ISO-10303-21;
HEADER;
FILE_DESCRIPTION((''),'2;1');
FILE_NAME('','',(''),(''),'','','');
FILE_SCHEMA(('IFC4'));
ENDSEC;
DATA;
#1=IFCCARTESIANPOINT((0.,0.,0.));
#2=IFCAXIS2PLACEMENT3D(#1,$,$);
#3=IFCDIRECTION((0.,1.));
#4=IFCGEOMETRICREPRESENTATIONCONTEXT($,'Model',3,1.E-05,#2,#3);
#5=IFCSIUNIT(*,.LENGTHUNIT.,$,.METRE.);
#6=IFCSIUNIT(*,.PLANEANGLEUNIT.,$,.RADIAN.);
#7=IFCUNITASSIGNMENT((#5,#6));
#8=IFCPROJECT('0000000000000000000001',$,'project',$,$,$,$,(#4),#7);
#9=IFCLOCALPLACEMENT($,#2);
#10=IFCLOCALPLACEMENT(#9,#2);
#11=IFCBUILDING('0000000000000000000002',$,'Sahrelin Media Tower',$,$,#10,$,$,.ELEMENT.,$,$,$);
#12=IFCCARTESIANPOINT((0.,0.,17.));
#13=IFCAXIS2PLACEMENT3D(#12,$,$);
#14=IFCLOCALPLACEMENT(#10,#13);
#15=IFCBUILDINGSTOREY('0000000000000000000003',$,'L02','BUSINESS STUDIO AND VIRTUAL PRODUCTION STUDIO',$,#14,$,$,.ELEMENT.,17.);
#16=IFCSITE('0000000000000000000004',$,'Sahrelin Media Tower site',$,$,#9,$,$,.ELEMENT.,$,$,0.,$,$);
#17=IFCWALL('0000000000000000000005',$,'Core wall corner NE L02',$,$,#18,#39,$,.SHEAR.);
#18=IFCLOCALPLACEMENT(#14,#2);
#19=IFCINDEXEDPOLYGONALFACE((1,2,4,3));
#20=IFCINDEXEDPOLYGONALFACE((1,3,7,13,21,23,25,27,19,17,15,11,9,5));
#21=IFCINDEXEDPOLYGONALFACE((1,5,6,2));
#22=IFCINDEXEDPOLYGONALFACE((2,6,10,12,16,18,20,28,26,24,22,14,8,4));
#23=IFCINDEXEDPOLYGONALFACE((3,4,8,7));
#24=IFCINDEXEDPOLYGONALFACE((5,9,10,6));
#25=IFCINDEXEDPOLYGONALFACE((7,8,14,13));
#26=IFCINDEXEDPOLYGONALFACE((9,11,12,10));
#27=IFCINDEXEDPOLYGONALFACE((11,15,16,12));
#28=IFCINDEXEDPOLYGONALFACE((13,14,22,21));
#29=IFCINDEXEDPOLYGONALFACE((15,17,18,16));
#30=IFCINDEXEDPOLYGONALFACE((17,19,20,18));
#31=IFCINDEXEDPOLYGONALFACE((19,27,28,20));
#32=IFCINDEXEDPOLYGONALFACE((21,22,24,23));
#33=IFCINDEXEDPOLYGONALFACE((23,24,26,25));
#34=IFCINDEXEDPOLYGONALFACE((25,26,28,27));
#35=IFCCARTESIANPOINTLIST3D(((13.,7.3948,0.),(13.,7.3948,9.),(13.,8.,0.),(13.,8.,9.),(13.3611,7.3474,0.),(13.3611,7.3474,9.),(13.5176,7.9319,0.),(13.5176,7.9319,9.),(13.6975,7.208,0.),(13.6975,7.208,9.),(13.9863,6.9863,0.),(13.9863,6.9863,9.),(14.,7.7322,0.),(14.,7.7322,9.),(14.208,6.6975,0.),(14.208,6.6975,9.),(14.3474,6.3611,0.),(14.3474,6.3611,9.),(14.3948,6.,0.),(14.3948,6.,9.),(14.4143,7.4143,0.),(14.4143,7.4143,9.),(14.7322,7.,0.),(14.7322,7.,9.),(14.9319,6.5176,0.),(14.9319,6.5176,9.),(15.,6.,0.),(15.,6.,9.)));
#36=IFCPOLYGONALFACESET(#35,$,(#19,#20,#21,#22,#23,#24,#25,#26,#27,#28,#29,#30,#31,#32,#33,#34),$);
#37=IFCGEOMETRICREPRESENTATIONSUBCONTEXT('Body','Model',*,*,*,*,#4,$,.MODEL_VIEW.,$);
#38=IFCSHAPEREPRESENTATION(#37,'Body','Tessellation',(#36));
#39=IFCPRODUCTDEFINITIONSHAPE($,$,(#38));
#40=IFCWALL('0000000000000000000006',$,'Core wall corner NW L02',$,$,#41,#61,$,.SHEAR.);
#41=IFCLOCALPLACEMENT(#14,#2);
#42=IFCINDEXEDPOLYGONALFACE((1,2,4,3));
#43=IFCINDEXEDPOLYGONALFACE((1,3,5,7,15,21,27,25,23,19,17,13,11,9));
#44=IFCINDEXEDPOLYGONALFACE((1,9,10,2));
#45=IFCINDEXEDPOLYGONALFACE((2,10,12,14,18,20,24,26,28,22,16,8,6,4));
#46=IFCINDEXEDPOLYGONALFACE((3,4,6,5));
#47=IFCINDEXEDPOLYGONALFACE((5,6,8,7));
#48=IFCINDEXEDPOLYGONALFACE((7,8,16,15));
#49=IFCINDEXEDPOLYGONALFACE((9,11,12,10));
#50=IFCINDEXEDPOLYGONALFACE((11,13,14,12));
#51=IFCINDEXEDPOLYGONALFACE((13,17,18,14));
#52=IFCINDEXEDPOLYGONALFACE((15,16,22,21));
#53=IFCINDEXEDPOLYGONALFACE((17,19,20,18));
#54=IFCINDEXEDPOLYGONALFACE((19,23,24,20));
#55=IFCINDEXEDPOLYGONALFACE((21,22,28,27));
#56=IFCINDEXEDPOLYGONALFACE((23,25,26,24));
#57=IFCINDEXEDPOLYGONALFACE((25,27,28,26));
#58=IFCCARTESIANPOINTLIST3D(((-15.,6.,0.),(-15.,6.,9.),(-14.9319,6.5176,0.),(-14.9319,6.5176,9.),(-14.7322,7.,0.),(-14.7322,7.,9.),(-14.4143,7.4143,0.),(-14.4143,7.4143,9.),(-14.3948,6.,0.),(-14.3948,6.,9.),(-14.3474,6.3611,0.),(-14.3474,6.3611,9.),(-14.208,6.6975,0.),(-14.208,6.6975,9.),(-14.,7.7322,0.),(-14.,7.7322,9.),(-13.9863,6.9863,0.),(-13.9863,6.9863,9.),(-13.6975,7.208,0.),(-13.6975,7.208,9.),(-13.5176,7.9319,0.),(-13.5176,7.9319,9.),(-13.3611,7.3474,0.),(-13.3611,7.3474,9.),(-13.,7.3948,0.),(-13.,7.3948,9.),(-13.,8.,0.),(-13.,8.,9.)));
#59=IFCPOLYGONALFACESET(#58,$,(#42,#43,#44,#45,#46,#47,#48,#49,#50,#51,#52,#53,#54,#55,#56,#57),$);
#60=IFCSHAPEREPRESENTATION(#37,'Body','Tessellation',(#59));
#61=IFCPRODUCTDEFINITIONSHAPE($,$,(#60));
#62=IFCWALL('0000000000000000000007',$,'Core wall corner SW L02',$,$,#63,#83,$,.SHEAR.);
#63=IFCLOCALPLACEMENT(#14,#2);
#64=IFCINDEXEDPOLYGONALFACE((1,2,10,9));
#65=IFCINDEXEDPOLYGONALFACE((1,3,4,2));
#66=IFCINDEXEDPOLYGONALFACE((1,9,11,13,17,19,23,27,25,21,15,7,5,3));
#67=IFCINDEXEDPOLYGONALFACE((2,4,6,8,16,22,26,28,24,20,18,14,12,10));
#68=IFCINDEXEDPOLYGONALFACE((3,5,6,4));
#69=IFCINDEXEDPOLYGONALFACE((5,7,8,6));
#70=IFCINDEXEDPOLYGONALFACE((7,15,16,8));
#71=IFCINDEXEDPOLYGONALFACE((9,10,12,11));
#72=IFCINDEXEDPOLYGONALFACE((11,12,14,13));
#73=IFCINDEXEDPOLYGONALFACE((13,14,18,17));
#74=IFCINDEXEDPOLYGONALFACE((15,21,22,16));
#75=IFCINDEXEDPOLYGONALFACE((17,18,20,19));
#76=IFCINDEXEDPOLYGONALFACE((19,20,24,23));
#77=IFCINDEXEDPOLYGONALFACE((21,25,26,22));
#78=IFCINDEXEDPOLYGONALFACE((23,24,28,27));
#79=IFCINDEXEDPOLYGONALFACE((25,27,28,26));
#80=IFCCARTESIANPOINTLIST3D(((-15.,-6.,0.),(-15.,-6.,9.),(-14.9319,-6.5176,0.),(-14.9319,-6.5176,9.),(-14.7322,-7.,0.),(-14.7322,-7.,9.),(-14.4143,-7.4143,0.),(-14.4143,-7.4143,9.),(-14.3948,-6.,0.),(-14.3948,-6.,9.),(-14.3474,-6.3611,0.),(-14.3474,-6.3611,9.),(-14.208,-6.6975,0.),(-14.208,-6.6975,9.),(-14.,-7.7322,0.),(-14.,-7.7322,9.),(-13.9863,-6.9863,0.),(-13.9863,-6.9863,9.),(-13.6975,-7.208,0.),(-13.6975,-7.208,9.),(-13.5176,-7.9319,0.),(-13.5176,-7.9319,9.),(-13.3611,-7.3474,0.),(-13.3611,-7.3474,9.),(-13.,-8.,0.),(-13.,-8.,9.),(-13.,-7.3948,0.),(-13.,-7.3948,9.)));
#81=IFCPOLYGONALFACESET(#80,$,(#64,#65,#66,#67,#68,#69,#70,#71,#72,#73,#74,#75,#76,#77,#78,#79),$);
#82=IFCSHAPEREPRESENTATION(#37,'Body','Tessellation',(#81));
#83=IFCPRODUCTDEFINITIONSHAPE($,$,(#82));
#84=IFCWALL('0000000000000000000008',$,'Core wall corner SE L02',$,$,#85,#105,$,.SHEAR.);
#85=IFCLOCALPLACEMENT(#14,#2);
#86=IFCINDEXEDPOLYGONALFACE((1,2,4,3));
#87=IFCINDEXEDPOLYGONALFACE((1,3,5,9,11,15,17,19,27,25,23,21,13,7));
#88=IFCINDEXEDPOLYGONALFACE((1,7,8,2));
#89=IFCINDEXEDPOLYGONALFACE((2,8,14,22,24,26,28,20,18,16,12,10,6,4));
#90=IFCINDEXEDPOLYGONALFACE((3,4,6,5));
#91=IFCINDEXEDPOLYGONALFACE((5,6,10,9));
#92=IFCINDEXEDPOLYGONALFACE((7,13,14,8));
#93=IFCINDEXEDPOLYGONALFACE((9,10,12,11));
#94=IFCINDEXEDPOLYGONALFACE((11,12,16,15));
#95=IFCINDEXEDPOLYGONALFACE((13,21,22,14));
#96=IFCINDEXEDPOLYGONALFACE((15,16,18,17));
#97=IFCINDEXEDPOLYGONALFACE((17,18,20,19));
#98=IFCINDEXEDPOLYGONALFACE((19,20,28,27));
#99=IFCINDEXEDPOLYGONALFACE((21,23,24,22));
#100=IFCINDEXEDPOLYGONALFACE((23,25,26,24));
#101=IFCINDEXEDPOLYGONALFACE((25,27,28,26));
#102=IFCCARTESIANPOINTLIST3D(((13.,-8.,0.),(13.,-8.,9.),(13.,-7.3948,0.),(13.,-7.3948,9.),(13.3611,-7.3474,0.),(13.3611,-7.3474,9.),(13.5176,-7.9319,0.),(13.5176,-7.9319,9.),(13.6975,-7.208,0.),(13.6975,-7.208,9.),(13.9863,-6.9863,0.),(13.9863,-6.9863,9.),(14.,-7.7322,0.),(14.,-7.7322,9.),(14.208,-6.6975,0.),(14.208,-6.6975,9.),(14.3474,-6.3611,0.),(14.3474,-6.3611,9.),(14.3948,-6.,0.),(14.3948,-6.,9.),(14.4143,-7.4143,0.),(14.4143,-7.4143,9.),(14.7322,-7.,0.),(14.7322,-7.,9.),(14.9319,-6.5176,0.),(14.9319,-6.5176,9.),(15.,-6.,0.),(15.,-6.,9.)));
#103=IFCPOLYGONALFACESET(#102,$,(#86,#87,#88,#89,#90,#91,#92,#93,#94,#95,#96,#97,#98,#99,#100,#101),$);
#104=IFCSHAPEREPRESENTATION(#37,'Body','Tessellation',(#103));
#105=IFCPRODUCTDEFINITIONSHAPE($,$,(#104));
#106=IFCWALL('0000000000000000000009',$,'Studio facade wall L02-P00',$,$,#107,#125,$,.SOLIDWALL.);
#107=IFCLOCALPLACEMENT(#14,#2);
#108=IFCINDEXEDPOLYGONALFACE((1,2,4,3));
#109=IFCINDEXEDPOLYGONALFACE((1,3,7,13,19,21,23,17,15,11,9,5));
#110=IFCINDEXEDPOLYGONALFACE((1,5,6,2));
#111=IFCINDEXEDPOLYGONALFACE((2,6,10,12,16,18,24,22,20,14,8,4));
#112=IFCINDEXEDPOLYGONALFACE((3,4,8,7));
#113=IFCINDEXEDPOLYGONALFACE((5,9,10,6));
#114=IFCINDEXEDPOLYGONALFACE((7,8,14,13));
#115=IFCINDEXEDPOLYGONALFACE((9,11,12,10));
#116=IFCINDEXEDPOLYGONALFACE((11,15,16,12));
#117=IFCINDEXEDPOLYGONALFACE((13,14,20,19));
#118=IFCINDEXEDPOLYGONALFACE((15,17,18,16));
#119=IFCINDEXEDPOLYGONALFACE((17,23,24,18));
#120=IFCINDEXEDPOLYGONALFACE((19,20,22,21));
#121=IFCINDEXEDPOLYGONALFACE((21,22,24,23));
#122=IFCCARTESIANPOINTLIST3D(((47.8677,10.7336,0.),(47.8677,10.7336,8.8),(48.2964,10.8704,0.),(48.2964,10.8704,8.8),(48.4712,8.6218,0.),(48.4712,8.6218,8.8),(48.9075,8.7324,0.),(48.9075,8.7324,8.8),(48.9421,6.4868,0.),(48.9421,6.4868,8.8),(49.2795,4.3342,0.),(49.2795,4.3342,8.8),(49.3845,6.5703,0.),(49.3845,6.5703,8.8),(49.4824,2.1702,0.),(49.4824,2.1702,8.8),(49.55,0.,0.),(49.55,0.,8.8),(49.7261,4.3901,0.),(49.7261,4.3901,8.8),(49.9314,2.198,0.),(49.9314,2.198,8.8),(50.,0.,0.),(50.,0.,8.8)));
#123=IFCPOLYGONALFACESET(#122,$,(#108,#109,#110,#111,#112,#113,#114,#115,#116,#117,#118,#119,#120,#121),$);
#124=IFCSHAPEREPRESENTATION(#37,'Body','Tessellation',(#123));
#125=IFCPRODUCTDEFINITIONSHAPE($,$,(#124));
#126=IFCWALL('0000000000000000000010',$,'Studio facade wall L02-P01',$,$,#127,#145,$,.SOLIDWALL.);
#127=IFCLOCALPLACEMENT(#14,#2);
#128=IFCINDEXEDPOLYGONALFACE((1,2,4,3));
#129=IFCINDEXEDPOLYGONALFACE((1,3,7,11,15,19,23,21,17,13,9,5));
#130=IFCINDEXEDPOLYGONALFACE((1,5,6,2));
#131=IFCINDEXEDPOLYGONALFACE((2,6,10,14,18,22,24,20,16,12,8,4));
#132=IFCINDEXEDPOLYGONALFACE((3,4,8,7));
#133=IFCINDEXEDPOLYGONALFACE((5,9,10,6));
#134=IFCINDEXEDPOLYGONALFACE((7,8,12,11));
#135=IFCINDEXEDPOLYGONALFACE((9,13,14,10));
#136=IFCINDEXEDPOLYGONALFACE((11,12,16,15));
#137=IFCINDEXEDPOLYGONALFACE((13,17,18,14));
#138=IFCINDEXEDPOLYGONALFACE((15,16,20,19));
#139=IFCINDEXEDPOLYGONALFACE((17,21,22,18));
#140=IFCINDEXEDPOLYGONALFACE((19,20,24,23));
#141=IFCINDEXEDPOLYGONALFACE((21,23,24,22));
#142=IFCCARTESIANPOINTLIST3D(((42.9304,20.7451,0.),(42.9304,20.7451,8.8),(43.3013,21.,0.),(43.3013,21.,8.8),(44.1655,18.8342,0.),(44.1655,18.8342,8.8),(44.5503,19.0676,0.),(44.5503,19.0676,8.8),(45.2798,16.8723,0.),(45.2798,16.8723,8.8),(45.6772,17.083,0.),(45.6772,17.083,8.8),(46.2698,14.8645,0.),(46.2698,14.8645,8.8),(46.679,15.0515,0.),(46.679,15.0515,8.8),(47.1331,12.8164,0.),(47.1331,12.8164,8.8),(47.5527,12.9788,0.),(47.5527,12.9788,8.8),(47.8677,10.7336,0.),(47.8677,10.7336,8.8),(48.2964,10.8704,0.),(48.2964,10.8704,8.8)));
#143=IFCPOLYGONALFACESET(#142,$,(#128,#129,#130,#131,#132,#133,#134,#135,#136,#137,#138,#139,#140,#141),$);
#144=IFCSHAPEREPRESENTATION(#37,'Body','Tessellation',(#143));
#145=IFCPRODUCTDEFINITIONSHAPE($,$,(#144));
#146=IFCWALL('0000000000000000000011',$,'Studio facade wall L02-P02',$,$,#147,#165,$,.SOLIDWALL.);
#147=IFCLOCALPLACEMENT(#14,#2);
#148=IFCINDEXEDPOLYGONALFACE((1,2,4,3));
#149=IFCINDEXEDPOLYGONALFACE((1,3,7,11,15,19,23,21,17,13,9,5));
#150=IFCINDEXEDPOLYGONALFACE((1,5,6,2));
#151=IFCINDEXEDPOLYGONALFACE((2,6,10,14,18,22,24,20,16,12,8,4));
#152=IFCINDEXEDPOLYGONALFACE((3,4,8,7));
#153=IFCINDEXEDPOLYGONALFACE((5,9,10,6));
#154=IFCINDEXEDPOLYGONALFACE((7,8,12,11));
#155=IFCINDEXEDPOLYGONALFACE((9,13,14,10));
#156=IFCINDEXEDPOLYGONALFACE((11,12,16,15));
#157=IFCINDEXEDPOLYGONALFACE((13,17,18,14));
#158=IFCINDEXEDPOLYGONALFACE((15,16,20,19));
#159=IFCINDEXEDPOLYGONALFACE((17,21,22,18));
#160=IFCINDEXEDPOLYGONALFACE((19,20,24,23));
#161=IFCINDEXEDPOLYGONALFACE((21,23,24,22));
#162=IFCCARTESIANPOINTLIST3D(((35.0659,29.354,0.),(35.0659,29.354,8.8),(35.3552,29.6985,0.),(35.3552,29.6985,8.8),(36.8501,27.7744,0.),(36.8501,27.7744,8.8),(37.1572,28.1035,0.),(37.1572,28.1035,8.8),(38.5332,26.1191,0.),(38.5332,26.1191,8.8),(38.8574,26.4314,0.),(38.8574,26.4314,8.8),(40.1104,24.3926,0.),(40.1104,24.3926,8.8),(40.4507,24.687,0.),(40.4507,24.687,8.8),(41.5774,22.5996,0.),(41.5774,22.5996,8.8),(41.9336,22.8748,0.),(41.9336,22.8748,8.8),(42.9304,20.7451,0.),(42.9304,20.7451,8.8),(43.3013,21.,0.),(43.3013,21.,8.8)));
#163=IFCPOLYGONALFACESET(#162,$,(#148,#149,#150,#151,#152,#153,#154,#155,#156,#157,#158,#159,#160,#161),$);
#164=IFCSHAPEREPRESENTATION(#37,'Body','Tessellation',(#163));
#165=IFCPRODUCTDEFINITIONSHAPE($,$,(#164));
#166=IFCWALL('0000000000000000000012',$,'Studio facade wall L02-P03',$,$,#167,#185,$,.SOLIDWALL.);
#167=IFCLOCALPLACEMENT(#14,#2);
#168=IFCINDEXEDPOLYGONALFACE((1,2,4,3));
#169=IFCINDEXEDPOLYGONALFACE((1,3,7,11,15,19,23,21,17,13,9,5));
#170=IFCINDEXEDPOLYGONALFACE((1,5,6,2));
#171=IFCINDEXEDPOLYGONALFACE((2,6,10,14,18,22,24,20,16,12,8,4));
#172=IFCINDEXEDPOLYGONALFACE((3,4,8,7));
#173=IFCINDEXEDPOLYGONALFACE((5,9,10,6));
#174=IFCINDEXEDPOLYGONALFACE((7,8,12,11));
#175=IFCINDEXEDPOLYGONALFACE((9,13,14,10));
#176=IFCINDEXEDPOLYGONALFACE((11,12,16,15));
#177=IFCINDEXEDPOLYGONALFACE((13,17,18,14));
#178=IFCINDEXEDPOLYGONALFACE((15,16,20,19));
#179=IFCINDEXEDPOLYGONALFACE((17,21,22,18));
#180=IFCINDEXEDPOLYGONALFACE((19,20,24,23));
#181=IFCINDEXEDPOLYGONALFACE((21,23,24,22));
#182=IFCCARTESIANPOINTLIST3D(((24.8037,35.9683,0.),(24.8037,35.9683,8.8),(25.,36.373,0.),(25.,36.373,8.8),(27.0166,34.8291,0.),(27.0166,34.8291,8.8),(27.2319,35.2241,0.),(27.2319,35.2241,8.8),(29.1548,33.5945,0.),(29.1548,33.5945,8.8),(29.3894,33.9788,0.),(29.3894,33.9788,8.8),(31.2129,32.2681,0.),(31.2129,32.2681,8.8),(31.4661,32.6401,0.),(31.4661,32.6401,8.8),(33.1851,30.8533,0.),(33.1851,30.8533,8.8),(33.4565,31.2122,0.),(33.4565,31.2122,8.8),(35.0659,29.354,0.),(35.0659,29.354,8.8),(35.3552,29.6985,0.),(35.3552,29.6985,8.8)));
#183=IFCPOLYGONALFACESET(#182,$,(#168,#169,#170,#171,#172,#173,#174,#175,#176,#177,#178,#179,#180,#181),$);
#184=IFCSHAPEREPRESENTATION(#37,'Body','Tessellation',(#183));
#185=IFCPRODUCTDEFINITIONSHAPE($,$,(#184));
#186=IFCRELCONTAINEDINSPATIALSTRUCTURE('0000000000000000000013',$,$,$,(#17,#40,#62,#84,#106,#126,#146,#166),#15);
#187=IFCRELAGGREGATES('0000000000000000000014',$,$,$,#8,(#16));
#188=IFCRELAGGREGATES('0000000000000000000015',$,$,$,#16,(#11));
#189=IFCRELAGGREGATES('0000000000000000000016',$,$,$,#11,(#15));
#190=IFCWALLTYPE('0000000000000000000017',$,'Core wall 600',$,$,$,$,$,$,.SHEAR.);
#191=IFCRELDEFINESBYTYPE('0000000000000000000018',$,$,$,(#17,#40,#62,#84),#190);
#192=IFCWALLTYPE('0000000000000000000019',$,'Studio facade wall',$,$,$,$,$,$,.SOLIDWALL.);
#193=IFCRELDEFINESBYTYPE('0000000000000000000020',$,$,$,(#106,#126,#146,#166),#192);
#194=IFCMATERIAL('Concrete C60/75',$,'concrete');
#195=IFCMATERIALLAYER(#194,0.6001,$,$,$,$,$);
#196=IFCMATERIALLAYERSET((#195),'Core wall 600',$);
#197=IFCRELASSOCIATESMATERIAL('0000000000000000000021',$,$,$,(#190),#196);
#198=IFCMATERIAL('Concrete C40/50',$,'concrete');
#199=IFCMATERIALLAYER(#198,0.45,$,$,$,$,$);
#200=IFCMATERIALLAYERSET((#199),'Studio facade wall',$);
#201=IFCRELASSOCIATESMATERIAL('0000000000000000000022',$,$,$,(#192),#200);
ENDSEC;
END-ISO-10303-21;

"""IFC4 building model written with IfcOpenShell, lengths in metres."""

from ifc_helpers import new_model, si_unit, direction, frame, origin, place, context, subcontext, project, spatial, polyline, outline, extrude, material, layer, layer_set, type_object, element, save


model = new_model("IFC4")

# Units and contexts
model_context = context("Model", 3, precision=1e-05, world=origin(), true_north=direction((0.0, 1.0)))
body_context = subcontext(model_context, "Body", "Model", "MODEL_VIEW")
ifc_project = project(units=[si_unit("LENGTHUNIT", "METRE"), si_unit("PLANEANGLEUNIT", "RADIAN")], contexts=[model_context])

# Site, building, storey
site_placement = place(None, origin())
site = spatial("IfcSite", under=ifc_project, at=site_placement, Name="Sahrelin Media Tower site", CompositionType="ELEMENT", RefElevation=0.0)
building_placement = place(site_placement, origin())
building = spatial("IfcBuilding", under=site, at=building_placement, Name="Sahrelin Media Tower", CompositionType="ELEMENT")
storey_placement = place(building_placement, frame((0.0, 0.0, 17.0)))
storey = spatial("IfcBuildingStorey", under=building, at=storey_placement, Name="L02", Description="BUSINESS STUDIO AND VIRTUAL PRODUCTION STUDIO", CompositionType="ELEMENT", Elevation=17.0)

# Shared definitions
ifc_material_1 = material(Name="Concrete C40/50", Category="concrete")

# Walls
ifc_material_2 = material(Name="Concrete C60/75", Category="concrete")
ifc_layer_1 = layer(ifc_material_2, 0.6001)
ifc_layer_set_1 = layer_set([ifc_layer_1], Name="Core wall 600")
wall_type_1 = type_object("IfcWallType", Name="Core wall 600", PredefinedType="SHEAR", material=ifc_layer_set_1)
placement = place(storey_placement, origin())
element("IfcWall", 1, at=placement, inside=storey, type_object=wall_type_1, Name="Core wall corner NE L02", PredefinedType="SHEAR", context=body_context, shape_type="SweptSolid", body=[
    extrude(outline(polyline([(13.0, 8.0), (13.0, 7.3948), (13.3611, 7.3474), (13.6975, 7.208), (13.9863, 6.9863), (14.208, 6.6975), (14.3474, 6.3611), (14.3948, 6.0), (15.0, 6.0), (14.9319, 6.5176), (14.7322, 7.0), (14.4143, 7.4143), (14.0, 7.7322), (13.5176, 7.9319), (13.0, 8.0)])), origin(), (0.0, 0.0, 1.0), 9.0),
])
element("IfcWall", 2, at=placement, inside=storey, type_object=wall_type_1, Name="Core wall corner NW L02", PredefinedType="SHEAR", context=body_context, shape_type="SweptSolid", body=[
    extrude(outline(polyline([(-15.0, 6.0), (-14.3948, 6.0), (-14.3474, 6.3611), (-14.208, 6.6975), (-13.9863, 6.9863), (-13.6975, 7.208), (-13.3611, 7.3474), (-13.0, 7.3948), (-13.0, 8.0), (-13.5176, 7.9319), (-14.0, 7.7322), (-14.4143, 7.4143), (-14.7322, 7.0), (-14.9319, 6.5176), (-15.0, 6.0)])), origin(), (0.0, 0.0, 1.0), 9.0),
])
element("IfcWall", 3, at=placement, inside=storey, type_object=wall_type_1, Name="Core wall corner SW L02", PredefinedType="SHEAR", context=body_context, shape_type="SweptSolid", body=[
    extrude(outline(polyline([(-13.0, -8.0), (-13.0, -7.3948), (-13.3611, -7.3474), (-13.6975, -7.208), (-13.9863, -6.9863), (-14.208, -6.6975), (-14.3474, -6.3611), (-14.3948, -6.0), (-15.0, -6.0), (-14.9319, -6.5176), (-14.7322, -7.0), (-14.4143, -7.4143), (-14.0, -7.7322), (-13.5176, -7.9319), (-13.0, -8.0)])), origin(), (0.0, 0.0, 1.0), 9.0),
])
element("IfcWall", 4, at=placement, inside=storey, type_object=wall_type_1, Name="Core wall corner SE L02", PredefinedType="SHEAR", context=body_context, shape_type="SweptSolid", body=[
    extrude(outline(polyline([(15.0, -6.0), (14.3948, -6.0), (14.3474, -6.3611), (14.208, -6.6975), (13.9863, -6.9863), (13.6975, -7.208), (13.3611, -7.3474), (13.0, -7.3948), (13.0, -8.0), (13.5176, -7.9319), (14.0, -7.7322), (14.4143, -7.4143), (14.7322, -7.0), (14.9319, -6.5176), (15.0, -6.0)])), origin(), (0.0, 0.0, 1.0), 9.0),
])
ifc_layer_2 = layer(ifc_material_1, 0.45)
ifc_layer_set_2 = layer_set([ifc_layer_2], Name="Studio facade wall")
wall_type_2 = type_object("IfcWallType", Name="Studio facade wall", PredefinedType="SOLIDWALL", material=ifc_layer_set_2)
element("IfcWall", 5, at=placement, inside=storey, type_object=wall_type_2, Name="Studio facade wall L02-P00", PredefinedType="SOLIDWALL", context=body_context, shape_type="SweptSolid", body=[
    extrude(outline(polyline([(50.0, 0.0), (49.9314, 2.198), (49.7261, 4.3901), (49.3845, 6.5703), (48.9075, 8.7324), (48.2964, 10.8704), (47.8677, 10.7336), (48.4712, 8.6218), (48.9421, 6.4868), (49.2795, 4.3342), (49.4824, 2.1702), (49.55, 0.0), (50.0, 0.0)])), origin(), (0.0, 0.0, 1.0), 8.8),
])
element("IfcWall", 6, at=placement, inside=storey, type_object=wall_type_2, Name="Studio facade wall L02-P01", PredefinedType="SOLIDWALL", context=body_context, shape_type="SweptSolid", body=[
    extrude(outline(polyline([(48.2964, 10.8704), (47.5527, 12.9788), (46.679, 15.0515), (45.6772, 17.083), (44.5503, 19.0676), (43.3013, 21.0), (42.9304, 20.7451), (44.1655, 18.8342), (45.2798, 16.8723), (46.2698, 14.8645), (47.1331, 12.8164), (47.8677, 10.7336), (48.2964, 10.8704)])), origin(), (0.0, 0.0, 1.0), 8.8),
])
element("IfcWall", 7, at=placement, inside=storey, type_object=wall_type_2, Name="Studio facade wall L02-P02", PredefinedType="SOLIDWALL", context=body_context, shape_type="SweptSolid", body=[
    extrude(outline(polyline([(43.3013, 21.0), (41.9336, 22.8748), (40.4507, 24.687), (38.8574, 26.4314), (37.1572, 28.1035), (35.3552, 29.6985), (35.0659, 29.354), (36.8501, 27.7744), (38.5332, 26.1191), (40.1104, 24.3926), (41.5774, 22.5996), (42.9304, 20.7451), (43.3013, 21.0)])), origin(), (0.0, 0.0, 1.0), 8.8),
])
element("IfcWall", 8, at=placement, inside=storey, type_object=wall_type_2, Name="Studio facade wall L02-P03", PredefinedType="SOLIDWALL", context=body_context, shape_type="SweptSolid", body=[
    extrude(outline(polyline([(35.3552, 29.6985), (33.4565, 31.2122), (31.4661, 32.6401), (29.3894, 33.9788), (27.2319, 35.2241), (25.0, 36.373), (24.8037, 35.9683), (27.0166, 34.8291), (29.1548, 33.5945), (31.2129, 32.2681), (33.1851, 30.8533), (35.0659, 29.354), (35.3552, 29.6985)])), origin(), (0.0, 0.0, 1.0), 8.8),
])

save(model, "model.ifc")
